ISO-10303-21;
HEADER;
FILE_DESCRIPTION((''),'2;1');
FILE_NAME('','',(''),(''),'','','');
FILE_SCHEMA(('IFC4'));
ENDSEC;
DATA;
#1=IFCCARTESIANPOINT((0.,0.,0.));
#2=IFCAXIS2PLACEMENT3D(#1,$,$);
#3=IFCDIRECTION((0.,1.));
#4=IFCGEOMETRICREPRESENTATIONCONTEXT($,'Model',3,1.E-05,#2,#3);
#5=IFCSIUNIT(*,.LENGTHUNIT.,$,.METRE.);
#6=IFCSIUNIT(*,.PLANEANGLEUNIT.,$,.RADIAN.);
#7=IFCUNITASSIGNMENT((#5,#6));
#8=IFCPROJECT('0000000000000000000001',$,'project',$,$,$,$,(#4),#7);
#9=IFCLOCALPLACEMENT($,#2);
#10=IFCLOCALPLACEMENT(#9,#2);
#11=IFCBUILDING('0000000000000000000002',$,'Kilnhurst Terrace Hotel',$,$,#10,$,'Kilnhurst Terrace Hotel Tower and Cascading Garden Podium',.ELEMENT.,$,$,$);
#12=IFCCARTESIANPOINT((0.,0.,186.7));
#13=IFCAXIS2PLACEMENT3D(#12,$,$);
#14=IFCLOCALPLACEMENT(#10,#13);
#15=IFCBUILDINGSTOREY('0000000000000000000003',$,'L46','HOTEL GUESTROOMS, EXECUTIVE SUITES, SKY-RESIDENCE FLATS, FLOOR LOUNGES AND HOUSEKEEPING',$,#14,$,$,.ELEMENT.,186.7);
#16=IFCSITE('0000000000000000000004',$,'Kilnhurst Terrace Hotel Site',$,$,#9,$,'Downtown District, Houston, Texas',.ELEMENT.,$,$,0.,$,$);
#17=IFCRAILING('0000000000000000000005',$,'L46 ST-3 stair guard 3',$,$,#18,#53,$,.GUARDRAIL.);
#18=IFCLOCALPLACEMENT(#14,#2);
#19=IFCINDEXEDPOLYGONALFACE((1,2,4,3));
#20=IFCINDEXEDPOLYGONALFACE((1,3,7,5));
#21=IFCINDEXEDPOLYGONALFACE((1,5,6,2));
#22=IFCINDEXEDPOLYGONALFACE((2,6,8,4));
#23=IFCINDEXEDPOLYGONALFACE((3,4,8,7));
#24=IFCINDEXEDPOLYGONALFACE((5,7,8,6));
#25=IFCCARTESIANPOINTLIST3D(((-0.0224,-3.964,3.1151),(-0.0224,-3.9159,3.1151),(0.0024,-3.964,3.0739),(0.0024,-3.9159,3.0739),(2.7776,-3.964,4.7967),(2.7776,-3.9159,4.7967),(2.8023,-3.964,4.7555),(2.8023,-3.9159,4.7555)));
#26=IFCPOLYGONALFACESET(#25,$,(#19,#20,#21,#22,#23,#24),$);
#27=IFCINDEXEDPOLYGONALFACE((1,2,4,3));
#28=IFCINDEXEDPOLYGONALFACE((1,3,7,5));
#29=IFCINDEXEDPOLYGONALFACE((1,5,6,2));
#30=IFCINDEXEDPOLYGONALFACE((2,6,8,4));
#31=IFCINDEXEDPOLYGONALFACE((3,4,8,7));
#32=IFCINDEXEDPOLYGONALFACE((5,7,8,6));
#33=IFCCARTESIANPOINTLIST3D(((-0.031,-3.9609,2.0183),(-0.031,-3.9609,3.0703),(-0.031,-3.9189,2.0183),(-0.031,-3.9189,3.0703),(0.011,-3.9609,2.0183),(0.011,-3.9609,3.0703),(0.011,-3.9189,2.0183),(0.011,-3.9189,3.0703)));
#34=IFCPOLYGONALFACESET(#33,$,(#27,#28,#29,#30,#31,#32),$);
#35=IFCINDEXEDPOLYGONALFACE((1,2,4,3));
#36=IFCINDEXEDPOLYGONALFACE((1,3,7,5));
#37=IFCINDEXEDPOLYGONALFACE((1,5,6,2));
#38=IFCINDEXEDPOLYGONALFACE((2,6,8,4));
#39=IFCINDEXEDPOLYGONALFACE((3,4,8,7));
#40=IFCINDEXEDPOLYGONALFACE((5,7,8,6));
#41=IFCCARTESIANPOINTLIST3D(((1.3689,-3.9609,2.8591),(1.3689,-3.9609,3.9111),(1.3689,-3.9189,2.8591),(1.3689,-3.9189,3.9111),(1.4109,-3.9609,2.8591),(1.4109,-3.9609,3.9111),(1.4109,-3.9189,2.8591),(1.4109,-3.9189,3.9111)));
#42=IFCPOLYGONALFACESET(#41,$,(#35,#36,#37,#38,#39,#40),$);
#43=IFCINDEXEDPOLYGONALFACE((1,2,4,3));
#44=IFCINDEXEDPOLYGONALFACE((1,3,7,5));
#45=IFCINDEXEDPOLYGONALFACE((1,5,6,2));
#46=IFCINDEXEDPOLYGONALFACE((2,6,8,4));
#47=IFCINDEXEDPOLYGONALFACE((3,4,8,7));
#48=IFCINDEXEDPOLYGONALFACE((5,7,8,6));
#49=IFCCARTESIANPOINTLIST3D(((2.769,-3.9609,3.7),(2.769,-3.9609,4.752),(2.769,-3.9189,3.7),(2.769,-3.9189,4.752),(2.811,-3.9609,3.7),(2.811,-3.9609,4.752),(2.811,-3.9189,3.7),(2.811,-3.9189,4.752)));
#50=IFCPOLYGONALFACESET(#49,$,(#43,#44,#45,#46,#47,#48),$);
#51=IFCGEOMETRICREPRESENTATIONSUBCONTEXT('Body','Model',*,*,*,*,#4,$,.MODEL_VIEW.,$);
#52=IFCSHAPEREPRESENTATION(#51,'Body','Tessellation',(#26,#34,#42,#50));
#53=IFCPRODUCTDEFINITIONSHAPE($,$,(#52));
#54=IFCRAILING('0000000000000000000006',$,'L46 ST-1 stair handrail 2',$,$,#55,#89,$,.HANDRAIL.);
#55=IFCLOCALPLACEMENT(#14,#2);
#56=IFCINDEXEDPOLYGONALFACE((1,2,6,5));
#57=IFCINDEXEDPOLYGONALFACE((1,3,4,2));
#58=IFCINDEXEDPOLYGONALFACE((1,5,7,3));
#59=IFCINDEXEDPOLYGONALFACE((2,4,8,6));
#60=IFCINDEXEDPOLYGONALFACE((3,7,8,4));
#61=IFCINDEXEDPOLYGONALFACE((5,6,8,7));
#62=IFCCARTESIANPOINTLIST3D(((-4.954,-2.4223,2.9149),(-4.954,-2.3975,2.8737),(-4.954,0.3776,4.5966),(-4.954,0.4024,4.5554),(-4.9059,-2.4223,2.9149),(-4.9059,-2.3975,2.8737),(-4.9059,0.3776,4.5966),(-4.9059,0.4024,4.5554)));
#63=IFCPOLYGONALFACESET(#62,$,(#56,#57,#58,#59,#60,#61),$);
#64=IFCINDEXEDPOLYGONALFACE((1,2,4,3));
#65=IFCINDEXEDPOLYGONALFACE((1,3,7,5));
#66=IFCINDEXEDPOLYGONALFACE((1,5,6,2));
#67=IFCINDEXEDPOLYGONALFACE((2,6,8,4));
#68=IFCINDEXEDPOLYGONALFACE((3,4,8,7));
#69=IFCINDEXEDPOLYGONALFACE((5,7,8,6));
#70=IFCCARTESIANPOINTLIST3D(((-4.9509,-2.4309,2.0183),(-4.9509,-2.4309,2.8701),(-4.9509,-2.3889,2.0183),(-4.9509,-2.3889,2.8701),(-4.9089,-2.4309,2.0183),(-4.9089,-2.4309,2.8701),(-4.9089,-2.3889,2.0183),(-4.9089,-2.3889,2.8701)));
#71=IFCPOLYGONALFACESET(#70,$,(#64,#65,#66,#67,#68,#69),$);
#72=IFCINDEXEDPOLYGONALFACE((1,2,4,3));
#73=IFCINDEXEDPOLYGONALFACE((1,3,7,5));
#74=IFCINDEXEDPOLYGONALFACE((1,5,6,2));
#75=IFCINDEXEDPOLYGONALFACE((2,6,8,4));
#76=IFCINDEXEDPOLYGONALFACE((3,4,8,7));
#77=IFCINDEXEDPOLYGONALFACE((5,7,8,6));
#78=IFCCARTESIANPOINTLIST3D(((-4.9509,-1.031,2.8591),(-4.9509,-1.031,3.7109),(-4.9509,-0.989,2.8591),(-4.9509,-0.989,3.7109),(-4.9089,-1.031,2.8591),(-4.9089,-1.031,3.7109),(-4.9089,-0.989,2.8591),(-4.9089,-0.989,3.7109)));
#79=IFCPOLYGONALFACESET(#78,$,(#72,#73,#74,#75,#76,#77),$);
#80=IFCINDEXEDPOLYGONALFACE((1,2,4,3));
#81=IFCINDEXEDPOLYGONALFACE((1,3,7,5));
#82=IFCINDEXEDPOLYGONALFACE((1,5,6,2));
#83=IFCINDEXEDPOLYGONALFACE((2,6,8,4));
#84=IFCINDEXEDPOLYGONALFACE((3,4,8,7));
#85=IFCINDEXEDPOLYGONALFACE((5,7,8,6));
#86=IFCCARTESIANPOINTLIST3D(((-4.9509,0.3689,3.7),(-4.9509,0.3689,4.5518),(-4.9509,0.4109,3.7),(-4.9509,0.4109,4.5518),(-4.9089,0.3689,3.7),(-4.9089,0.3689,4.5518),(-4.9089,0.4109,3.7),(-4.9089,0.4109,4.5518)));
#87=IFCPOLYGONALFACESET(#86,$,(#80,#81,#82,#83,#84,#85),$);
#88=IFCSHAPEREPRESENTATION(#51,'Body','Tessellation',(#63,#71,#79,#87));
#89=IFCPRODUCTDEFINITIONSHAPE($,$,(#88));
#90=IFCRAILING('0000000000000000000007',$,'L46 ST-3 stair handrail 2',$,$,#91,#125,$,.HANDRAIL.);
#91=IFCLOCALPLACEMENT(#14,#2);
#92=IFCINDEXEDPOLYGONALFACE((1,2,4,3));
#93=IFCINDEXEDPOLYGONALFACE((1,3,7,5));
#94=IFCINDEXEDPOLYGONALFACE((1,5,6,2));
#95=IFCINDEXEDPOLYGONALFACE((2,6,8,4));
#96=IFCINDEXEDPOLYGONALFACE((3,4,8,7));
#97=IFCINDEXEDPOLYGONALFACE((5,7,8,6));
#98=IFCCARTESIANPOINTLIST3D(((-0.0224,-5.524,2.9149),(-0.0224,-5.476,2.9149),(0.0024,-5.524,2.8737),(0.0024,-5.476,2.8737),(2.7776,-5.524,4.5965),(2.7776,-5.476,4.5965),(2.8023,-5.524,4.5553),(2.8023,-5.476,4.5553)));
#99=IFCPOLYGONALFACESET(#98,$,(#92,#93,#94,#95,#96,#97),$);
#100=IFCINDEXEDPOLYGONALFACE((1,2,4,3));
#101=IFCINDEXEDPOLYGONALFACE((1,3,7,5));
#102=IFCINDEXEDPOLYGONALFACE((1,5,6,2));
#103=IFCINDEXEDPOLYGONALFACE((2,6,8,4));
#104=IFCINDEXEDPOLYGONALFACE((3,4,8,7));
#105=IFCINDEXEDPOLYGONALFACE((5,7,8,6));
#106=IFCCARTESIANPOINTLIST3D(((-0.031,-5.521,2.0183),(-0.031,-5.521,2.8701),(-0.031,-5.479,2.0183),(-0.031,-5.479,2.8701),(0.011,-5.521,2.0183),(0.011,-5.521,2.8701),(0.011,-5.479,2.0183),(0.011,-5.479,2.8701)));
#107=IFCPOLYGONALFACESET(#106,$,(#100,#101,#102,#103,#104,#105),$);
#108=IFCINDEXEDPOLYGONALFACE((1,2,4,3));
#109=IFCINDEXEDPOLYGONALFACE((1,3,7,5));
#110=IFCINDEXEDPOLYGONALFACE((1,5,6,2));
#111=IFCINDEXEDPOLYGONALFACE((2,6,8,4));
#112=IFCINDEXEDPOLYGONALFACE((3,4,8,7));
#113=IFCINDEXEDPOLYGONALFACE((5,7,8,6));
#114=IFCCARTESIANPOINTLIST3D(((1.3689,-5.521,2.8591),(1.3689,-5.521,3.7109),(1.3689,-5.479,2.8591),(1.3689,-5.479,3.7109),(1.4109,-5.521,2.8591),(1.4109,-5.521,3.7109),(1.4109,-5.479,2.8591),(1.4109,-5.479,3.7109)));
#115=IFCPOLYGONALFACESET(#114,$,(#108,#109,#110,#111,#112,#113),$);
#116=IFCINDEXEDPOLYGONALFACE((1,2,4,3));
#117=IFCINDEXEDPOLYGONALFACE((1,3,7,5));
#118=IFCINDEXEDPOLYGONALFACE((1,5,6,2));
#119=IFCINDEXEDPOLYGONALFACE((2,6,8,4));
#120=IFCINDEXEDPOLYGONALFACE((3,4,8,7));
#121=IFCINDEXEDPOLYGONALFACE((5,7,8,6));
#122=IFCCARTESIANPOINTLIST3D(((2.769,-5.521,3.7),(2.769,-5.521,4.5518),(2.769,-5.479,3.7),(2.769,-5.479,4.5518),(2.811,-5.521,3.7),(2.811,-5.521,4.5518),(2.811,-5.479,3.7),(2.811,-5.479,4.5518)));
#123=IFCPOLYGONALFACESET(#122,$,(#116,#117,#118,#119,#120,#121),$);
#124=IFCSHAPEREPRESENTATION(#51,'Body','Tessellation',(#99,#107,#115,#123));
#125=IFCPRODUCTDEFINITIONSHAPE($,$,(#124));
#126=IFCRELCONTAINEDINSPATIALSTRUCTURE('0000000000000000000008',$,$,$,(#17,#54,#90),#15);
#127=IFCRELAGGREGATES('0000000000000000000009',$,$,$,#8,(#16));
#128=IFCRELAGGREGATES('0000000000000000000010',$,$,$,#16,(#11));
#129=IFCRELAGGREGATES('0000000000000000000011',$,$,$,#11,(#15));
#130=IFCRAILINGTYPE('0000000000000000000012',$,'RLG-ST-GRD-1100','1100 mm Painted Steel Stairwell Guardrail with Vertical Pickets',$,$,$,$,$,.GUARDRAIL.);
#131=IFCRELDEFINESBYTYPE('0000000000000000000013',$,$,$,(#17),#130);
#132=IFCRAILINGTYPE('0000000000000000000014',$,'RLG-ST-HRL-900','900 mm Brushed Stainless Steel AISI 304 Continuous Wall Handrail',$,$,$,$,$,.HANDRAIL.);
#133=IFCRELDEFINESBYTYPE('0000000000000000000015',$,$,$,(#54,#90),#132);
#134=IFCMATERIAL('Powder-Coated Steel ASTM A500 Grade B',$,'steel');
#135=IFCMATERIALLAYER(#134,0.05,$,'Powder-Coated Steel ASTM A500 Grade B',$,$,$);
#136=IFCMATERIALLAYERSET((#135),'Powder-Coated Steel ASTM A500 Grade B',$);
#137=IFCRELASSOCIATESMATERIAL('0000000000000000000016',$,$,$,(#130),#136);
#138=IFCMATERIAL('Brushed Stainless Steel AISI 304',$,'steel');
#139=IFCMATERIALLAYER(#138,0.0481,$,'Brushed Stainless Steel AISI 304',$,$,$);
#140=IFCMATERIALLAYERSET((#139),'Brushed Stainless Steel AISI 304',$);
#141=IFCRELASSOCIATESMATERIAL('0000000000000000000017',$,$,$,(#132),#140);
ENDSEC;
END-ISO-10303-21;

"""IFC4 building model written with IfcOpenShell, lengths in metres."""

from ifc_helpers import new_model, si_unit, direction, frame, origin, origin_2d, place, context, subcontext, project, spatial, rectangle, extrude, material, layer, layer_set, type_object, element, save


model = new_model("IFC4")

# Units and contexts
model_context = context("Model", 3, precision=1e-05, world=origin(), true_north=direction((0.0, 1.0)))
body_context = subcontext(model_context, "Body", "Model", "MODEL_VIEW")
ifc_project = project(units=[si_unit("LENGTHUNIT", "METRE"), si_unit("PLANEANGLEUNIT", "RADIAN")], contexts=[model_context])

# Site, building, storey
site_placement = place(None, origin())
site = spatial("IfcSite", under=ifc_project, at=site_placement, Name="Kilnhurst Terrace Hotel Site", LongName="Downtown District, Houston, Texas", CompositionType="ELEMENT", RefElevation=0.0)
building_placement = place(site_placement, origin())
building = spatial("IfcBuilding", under=site, at=building_placement, Name="Kilnhurst Terrace Hotel", LongName="Kilnhurst Terrace Hotel Tower and Cascading Garden Podium", CompositionType="ELEMENT")
storey_placement = place(building_placement, frame((0.0, 0.0, 186.7)))
storey = spatial("IfcBuildingStorey", under=building, at=storey_placement, Name="L46", Description="HOTEL GUESTROOMS, EXECUTIVE SUITES, SKY-RESIDENCE FLATS, FLOOR LOUNGES AND HOUSEKEEPING", CompositionType="ELEMENT", Elevation=186.7)

# Railings
ifc_material_1 = material(Name="Powder-Coated Steel ASTM A500 Grade B", Category="steel")
ifc_layer_1 = layer(ifc_material_1, 0.05, Name="Powder-Coated Steel ASTM A500 Grade B")
ifc_layer_set_1 = layer_set([ifc_layer_1], Name="Powder-Coated Steel ASTM A500 Grade B")
railing_type_1 = type_object("IfcRailingType", Name="RLG-ST-GRD-1100", Description="1100 mm Painted Steel Stairwell Guardrail with Vertical Pickets", PredefinedType="GUARDRAIL", material=ifc_layer_set_1)
railing_1_placement = place(storey_placement, frame((-0.01, -3.9399, 2.0183)))
element("IfcRailing", 1, at=railing_1_placement, inside=storey, type_object=railing_type_1, Name="L46 ST-3 stair guard 3", PredefinedType="GUARDRAIL", context=body_context, shape_type="SweptSolid", body=[
    extrude(rectangle(XDim=0.0481, YDim=0.0481, at=origin_2d()), frame((0.0, 0.0, 1.0762), z_axis=(0.857275, 0.0, 0.514858), x_axis=(0.0, 1.0, 0.0)), (0.0, 0.0, 1.0), 3.2661),
    extrude(rectangle(XDim=0.042, YDim=0.042, at=origin_2d()), origin(), (0.0, 0.0, 1.0), 1.052),
    extrude(rectangle(XDim=0.042, YDim=0.042, at=origin_2d()), frame((1.3999, 0.0, 0.8408)), (0.0, 0.0, 1.0), 1.052),
    extrude(rectangle(XDim=0.042, YDim=0.042, at=origin_2d()), frame((2.8, 0.0, 1.6816)), (0.0, 0.0, 1.0), 1.052),
])
ifc_material_2 = material(Name="Brushed Stainless Steel AISI 304", Category="steel")
ifc_layer_2 = layer(ifc_material_2, 0.0481, Name="Brushed Stainless Steel AISI 304")
ifc_layer_set_2 = layer_set([ifc_layer_2], Name="Brushed Stainless Steel AISI 304")
railing_type_2 = type_object("IfcRailingType", Name="RLG-ST-HRL-900", Description="900 mm Brushed Stainless Steel AISI 304 Continuous Wall Handrail", PredefinedType="HANDRAIL", material=ifc_layer_set_2)
railing_2_placement = place(storey_placement, frame((-4.9299, -2.4099, 2.0183)))
element("IfcRailing", 2, at=railing_2_placement, inside=storey, type_object=railing_type_2, Name="L46 ST-1 stair handrail 2", PredefinedType="HANDRAIL", context=body_context, shape_type="SweptSolid", body=[
    extrude(rectangle(XDim=0.0481, YDim=0.0481, at=origin_2d()), frame((0.0, 0.0, 0.876), z_axis=(0.0, 0.857255, 0.514891), x_axis=(-1.0, 0.0, 0.0)), (0.0, 0.0, 1.0), 3.2661),
    extrude(rectangle(XDim=0.042, YDim=0.042, at=origin_2d()), origin(), (0.0, 0.0, 1.0), 0.8518),
    extrude(rectangle(XDim=0.042, YDim=0.042, at=origin_2d()), frame((0.0, 1.3999, 0.8408)), (0.0, 0.0, 1.0), 0.8518),
    extrude(rectangle(XDim=0.042, YDim=0.042, at=origin_2d()), frame((0.0, 2.7998, 1.6816)), (0.0, 0.0, 1.0), 0.8518),
])
railing_3_placement = place(storey_placement, frame((-0.01, -5.5, 2.0183)))
element("IfcRailing", 3, at=railing_3_placement, inside=storey, type_object=railing_type_2, Name="L46 ST-3 stair handrail 2", PredefinedType="HANDRAIL", context=body_context, shape_type="SweptSolid", body=[
    extrude(rectangle(XDim=0.0481, YDim=0.0481, at=origin_2d()), frame((0.0, 0.0, 0.876), z_axis=(0.857275, 0.0, 0.514858), x_axis=(0.0, 1.0, 0.0)), (0.0, 0.0, 1.0), 3.2661),
    extrude(rectangle(XDim=0.042, YDim=0.042, at=origin_2d()), origin(), (0.0, 0.0, 1.0), 0.8518),
    extrude(rectangle(XDim=0.042, YDim=0.042, at=origin_2d()), frame((1.3999, 0.0, 0.8408)), (0.0, 0.0, 1.0), 0.8518),
    extrude(rectangle(XDim=0.042, YDim=0.042, at=origin_2d()), frame((2.8, 0.0, 1.6816)), (0.0, 0.0, 1.0), 0.8518),
])

save(model, "model.ifc")
